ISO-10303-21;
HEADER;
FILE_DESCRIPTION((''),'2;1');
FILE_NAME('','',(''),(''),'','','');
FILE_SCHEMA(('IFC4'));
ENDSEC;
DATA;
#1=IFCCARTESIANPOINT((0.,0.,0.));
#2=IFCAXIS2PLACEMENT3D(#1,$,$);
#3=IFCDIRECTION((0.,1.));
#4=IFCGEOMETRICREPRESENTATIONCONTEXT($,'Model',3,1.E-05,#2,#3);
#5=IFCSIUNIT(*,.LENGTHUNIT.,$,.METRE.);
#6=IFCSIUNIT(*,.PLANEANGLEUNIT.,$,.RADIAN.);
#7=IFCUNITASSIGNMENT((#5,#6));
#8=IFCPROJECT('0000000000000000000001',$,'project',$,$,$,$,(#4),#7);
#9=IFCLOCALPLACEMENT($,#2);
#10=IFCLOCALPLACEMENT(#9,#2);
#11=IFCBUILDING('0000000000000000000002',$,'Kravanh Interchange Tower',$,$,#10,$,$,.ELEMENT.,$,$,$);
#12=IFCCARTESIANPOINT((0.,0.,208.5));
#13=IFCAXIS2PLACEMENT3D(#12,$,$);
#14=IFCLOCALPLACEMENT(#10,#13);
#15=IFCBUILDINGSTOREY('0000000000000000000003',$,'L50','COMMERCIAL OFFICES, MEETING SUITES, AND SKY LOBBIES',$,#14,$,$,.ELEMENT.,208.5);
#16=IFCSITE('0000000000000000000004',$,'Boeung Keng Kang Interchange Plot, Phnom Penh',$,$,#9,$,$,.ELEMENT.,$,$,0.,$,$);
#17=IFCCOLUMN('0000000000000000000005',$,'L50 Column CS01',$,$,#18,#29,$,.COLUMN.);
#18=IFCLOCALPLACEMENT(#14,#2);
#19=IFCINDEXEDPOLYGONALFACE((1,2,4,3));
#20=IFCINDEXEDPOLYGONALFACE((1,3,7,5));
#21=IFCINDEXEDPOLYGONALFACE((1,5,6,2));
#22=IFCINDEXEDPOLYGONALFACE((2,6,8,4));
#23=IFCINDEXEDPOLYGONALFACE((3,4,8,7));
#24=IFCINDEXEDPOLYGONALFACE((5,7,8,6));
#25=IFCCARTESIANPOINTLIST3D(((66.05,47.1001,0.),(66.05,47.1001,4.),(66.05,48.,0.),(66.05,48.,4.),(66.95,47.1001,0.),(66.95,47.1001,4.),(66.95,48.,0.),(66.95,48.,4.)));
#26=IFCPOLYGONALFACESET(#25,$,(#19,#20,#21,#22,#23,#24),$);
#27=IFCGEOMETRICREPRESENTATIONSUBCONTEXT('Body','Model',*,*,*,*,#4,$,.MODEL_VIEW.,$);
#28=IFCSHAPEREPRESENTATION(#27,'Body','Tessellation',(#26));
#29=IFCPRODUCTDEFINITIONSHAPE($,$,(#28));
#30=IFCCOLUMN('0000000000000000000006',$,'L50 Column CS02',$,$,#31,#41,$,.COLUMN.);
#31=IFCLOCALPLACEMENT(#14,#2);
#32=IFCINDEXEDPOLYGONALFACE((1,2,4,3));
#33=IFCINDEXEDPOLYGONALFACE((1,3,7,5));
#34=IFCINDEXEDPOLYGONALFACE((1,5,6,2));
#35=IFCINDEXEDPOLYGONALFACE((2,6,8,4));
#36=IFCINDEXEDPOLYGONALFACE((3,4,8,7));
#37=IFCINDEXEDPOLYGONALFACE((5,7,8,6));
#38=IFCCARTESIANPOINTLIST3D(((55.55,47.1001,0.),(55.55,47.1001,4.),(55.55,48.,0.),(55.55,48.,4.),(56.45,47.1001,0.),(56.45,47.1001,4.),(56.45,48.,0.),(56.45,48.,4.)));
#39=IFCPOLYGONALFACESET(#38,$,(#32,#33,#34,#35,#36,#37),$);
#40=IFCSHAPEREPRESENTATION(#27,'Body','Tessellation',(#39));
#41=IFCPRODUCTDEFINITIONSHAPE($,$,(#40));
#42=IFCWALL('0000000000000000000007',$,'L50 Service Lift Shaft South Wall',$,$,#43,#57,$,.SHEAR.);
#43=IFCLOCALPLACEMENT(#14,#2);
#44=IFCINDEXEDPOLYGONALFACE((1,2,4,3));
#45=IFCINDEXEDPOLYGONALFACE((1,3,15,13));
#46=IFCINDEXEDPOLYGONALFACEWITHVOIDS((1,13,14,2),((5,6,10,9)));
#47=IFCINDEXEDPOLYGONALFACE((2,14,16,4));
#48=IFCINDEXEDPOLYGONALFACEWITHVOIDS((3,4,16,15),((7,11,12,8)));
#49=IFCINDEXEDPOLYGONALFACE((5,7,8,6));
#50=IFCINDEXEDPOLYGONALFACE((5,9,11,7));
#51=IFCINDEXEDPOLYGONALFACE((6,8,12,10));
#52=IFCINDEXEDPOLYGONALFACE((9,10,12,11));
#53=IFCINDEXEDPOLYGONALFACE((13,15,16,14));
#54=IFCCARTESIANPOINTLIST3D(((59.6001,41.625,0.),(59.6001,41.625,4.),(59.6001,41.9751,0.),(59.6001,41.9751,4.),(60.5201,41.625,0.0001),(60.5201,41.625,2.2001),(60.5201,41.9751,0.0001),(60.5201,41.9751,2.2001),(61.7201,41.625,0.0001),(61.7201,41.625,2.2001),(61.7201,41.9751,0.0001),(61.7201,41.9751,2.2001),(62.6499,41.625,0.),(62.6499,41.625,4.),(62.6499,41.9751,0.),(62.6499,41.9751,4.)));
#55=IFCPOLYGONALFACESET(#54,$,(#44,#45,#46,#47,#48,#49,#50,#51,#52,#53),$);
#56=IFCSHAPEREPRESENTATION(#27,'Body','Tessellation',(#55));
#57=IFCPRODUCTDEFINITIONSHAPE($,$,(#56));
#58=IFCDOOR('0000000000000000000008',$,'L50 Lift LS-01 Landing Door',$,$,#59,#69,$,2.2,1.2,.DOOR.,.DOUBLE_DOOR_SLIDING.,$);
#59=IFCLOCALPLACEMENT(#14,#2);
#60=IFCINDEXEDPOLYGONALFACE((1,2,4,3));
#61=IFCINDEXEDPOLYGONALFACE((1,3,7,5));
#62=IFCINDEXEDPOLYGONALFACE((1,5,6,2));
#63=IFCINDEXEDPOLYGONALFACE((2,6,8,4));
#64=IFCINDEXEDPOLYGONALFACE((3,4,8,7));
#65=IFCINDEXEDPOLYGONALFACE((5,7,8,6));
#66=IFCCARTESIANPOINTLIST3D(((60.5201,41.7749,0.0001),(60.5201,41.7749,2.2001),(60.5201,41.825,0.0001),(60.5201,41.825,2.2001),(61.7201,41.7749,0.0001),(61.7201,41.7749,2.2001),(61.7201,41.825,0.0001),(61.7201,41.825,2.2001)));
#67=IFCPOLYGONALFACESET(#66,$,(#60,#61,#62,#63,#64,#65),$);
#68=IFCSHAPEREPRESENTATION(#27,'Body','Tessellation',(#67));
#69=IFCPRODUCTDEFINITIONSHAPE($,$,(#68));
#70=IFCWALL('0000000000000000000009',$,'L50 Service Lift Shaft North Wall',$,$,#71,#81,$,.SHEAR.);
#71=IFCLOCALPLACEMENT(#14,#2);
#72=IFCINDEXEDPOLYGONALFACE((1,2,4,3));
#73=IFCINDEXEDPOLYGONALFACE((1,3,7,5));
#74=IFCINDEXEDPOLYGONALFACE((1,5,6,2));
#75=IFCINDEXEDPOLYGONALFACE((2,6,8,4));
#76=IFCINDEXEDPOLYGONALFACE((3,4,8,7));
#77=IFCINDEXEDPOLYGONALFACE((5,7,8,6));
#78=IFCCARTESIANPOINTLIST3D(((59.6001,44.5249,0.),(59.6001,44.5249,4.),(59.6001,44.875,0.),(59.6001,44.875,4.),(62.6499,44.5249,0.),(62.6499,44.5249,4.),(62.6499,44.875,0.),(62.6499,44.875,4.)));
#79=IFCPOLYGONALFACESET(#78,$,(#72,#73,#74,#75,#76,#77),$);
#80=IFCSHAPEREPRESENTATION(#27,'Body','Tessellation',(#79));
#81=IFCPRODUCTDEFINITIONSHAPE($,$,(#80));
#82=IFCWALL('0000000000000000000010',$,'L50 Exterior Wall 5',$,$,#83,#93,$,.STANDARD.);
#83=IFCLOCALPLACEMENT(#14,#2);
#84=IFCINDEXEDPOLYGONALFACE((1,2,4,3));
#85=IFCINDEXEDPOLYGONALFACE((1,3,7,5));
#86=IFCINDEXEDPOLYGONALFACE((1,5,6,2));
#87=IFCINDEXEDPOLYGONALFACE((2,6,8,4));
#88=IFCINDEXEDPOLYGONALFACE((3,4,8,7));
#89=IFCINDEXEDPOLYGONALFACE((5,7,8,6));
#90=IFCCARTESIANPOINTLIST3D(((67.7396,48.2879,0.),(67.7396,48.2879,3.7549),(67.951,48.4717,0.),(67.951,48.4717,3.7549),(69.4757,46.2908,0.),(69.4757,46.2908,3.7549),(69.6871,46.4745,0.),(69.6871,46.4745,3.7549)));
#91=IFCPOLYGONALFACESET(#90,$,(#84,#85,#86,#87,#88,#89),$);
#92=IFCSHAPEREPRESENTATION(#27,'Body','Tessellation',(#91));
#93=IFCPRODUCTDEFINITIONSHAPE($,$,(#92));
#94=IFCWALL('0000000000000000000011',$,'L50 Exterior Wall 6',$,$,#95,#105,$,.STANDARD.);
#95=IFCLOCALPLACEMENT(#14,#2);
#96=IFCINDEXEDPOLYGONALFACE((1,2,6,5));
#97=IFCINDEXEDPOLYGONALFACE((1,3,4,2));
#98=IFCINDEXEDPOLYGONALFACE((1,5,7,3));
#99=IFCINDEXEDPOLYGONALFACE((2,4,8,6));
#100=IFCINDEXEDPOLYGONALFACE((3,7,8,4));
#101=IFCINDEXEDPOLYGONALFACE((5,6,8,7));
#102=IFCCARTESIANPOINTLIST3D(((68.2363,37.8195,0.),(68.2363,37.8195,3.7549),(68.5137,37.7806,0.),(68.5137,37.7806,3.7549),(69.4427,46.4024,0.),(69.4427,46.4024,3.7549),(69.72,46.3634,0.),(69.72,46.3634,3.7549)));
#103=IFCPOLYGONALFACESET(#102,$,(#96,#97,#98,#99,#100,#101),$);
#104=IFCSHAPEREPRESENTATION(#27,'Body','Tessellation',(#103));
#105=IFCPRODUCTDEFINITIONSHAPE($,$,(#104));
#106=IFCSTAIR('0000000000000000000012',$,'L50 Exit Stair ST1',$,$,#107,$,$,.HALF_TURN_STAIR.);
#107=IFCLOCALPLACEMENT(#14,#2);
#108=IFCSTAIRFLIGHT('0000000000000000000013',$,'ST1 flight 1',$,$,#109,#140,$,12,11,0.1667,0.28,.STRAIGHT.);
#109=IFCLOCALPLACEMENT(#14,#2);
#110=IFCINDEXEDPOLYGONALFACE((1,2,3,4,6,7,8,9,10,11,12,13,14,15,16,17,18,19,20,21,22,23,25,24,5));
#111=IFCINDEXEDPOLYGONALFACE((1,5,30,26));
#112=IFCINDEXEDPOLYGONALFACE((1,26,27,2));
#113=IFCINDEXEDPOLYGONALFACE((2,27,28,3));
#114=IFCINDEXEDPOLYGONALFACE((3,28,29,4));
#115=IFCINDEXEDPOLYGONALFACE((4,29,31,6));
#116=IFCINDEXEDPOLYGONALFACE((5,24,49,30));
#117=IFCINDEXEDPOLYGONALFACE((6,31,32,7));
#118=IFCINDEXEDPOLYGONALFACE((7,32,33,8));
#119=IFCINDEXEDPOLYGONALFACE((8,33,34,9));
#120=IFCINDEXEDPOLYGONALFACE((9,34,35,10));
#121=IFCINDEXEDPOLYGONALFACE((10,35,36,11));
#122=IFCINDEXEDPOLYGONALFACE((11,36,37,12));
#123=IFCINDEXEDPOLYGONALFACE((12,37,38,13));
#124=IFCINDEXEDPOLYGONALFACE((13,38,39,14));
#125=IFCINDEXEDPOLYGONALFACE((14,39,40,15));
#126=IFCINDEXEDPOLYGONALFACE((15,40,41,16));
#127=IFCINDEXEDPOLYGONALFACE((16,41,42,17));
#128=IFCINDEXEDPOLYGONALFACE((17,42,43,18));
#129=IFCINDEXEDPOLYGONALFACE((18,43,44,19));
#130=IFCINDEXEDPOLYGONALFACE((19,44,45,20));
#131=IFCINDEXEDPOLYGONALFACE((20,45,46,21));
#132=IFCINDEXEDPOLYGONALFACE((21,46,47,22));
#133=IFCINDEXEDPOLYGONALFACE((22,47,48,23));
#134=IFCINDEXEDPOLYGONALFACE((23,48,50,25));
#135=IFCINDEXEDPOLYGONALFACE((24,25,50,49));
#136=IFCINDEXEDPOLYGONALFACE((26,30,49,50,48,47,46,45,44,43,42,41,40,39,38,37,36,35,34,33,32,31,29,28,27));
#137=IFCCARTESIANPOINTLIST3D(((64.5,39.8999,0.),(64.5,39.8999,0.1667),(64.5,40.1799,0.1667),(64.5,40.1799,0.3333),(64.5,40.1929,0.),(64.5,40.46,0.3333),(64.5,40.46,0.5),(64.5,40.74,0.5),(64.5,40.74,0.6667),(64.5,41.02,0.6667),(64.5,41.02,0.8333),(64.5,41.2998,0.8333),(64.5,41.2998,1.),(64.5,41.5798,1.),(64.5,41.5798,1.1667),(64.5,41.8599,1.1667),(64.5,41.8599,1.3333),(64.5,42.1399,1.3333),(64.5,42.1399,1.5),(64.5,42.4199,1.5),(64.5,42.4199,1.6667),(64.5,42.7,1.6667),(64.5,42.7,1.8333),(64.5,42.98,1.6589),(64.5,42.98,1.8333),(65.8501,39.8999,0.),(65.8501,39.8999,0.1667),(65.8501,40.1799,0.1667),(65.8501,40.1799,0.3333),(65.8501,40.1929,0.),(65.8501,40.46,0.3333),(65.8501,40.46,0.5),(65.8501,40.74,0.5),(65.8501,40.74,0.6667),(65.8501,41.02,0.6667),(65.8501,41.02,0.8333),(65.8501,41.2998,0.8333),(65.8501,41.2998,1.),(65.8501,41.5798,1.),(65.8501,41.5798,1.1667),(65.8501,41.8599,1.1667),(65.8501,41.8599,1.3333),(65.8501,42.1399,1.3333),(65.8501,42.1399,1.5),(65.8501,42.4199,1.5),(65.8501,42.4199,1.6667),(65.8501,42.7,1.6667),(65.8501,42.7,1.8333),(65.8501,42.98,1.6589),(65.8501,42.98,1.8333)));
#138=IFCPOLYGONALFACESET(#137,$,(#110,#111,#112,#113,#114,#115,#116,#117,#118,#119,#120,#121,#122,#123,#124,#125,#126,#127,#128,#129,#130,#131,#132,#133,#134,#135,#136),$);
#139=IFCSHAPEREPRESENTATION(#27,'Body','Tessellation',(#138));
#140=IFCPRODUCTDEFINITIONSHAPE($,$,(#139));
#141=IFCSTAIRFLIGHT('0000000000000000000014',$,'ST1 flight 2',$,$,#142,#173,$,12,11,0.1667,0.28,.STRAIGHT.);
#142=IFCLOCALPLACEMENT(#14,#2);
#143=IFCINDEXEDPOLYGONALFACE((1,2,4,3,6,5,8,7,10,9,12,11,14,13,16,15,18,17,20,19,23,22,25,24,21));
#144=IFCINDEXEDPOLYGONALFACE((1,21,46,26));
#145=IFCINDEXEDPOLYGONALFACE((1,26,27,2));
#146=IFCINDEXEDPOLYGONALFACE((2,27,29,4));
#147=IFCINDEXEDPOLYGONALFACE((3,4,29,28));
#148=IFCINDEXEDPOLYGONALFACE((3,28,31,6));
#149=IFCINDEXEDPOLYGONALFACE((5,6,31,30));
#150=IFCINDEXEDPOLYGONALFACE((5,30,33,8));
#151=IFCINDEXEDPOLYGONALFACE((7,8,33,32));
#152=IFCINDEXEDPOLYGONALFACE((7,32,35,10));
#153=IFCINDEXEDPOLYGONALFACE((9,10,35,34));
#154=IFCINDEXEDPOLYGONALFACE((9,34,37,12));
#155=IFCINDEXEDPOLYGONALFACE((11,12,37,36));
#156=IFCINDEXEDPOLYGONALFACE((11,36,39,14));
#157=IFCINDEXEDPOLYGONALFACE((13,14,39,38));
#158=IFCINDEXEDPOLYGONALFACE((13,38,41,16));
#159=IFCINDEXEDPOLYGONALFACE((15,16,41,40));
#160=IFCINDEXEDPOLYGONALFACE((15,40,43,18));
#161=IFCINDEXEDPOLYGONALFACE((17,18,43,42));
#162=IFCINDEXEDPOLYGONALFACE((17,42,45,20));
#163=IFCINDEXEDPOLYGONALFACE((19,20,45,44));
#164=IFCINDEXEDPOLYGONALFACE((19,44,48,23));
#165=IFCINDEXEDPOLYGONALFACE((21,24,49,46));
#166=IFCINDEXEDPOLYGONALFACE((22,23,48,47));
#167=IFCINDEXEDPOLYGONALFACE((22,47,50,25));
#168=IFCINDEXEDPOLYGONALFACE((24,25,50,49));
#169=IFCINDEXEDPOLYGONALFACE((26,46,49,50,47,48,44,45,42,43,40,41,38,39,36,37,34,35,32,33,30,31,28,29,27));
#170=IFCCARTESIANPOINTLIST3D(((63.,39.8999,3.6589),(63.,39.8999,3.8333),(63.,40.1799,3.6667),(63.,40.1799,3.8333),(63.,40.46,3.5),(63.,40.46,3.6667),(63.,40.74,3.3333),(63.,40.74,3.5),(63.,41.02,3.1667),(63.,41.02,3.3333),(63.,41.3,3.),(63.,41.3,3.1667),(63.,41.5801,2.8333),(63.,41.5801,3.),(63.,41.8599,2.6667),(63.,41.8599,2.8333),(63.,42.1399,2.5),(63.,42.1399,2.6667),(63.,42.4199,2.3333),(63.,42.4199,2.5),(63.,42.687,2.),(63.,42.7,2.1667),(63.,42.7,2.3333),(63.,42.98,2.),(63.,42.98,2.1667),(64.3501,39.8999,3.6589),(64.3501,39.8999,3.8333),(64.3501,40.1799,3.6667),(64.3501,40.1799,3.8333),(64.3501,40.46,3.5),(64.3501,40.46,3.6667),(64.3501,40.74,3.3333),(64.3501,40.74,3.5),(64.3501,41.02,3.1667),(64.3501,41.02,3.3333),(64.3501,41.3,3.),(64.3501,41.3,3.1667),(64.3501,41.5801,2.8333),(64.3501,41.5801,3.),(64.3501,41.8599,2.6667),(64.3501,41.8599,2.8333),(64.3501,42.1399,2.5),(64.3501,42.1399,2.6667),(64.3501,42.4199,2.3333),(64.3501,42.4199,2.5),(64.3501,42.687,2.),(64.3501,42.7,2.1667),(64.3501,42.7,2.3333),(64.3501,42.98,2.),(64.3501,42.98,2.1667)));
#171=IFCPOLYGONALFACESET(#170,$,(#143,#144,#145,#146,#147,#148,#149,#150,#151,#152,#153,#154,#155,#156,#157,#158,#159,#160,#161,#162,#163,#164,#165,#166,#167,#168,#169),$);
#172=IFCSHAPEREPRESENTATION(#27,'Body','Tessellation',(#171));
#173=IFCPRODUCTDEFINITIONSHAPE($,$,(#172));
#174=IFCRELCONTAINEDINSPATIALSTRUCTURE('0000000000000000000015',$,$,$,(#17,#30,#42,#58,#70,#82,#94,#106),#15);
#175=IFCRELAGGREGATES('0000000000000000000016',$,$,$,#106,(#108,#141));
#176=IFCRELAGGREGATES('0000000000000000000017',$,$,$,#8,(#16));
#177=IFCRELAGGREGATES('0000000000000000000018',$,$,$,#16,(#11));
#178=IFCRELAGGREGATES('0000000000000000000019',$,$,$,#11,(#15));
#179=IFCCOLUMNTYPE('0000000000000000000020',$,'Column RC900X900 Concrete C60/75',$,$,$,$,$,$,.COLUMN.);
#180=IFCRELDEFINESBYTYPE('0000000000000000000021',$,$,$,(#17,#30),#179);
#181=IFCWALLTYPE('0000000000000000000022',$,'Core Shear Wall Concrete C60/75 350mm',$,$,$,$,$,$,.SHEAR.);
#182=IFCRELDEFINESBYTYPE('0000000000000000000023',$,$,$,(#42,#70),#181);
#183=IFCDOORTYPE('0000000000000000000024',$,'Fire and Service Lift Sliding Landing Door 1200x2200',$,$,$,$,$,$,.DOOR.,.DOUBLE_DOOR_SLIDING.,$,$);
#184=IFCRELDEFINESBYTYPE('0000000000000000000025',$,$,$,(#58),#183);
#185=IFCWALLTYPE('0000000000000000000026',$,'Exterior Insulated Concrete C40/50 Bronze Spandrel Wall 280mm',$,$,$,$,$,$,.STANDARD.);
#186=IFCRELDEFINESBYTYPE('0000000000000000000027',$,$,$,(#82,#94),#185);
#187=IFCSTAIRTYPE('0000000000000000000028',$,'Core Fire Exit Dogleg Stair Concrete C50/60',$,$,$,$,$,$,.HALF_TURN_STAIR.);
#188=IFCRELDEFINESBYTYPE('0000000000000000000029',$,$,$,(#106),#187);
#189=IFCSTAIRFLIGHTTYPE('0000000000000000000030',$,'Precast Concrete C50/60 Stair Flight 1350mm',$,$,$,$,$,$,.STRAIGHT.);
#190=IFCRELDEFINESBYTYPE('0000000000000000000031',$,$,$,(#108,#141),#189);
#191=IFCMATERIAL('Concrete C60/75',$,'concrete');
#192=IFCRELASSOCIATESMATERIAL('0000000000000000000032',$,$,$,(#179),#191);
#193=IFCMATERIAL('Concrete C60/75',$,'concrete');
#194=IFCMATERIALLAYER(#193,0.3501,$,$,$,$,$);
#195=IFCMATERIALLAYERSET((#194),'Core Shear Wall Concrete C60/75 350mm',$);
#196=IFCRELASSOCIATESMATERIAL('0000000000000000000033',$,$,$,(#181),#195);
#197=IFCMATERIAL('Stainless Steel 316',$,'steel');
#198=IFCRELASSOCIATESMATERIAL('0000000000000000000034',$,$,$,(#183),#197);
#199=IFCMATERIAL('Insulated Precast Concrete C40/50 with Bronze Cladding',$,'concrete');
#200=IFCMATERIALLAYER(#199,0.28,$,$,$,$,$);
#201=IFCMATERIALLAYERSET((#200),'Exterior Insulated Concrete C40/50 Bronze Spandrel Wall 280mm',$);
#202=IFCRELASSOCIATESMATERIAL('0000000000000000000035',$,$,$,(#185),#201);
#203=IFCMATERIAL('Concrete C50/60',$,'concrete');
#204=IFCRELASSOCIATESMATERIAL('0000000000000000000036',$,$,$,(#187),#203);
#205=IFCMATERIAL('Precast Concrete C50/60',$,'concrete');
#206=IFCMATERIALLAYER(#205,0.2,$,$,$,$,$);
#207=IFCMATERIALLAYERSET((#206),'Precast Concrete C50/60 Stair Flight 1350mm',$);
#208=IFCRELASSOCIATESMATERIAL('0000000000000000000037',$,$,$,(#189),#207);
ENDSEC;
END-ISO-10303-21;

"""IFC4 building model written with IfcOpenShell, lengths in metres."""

from ifc_helpers import new_model, si_unit, direction, frame, frame_2d, origin, origin_2d, place, context, subcontext, project, spatial, polyline, rectangle, outline, extrude, material, layer, layer_set, material_profile, profile_set, type_object, element, fill, aggregate, save


model = new_model("IFC4")

# Units and contexts
model_context = context("Model", 3, precision=1e-05, world=origin(), true_north=direction((0.0, 1.0)))
body_context = subcontext(model_context, "Body", "Model", "MODEL_VIEW")
ifc_project = project(units=[si_unit("LENGTHUNIT", "METRE"), si_unit("PLANEANGLEUNIT", "RADIAN")], contexts=[model_context])

# Site, building, storey
site_placement = place(None, origin())
site = spatial("IfcSite", under=ifc_project, at=site_placement, Name="Boeung Keng Kang Interchange Plot, Phnom Penh", CompositionType="ELEMENT", RefElevation=0.0)
building_placement = place(site_placement, origin())
building = spatial("IfcBuilding", under=site, at=building_placement, Name="Kravanh Interchange Tower", CompositionType="ELEMENT")
storey_placement = place(building_placement, frame((0.0, 0.0, 208.5)))
storey = spatial("IfcBuildingStorey", under=building, at=storey_placement, Name="L50", Description="COMMERCIAL OFFICES, MEETING SUITES, AND SKY LOBBIES", CompositionType="ELEMENT", Elevation=208.5)

# Columns
ifc_material_1 = material(Name="Concrete C60/75", Category="concrete")
ifc_material_profile = material_profile(ifc_material_1, rectangle(XDim=0.8999, YDim=0.8999, at=origin_2d()), Name="RC900X900")
ifc_profile_set = profile_set([ifc_material_profile], Name="Concrete C60/75")
column_type = type_object("IfcColumnType", Name="Column RC900X900 Concrete C60/75", PredefinedType="COLUMN", material=ifc_profile_set)
for number, where, z_axis, x_axis, name in (
    (1, (66.5, 47.55, 0.0), (0.0, 0.0, 1.0), (1.0, 0.0, 0.0), "L50 Column CS01"),
    (2, (56.0, 47.55, 0.0), (0.0, 0.0, 1.0), (1.0, 0.0, 0.0), "L50 Column CS02"),
):
    element("IfcColumn", number, at=place(storey_placement, frame(where, z_axis=z_axis, x_axis=x_axis)), inside=storey, type_object=column_type, Name=name, PredefinedType="COLUMN", context=body_context, shape_type="SweptSolid", body=[
        extrude(rectangle(XDim=0.8999, YDim=0.8999, at=origin_2d()), origin(), (0.0, 0.0, 1.0), 4.0),
    ])

# Wall, opening, door
ifc_material_2 = material(Name="Concrete C60/75", Category="concrete")
ifc_layer_1 = layer(ifc_material_2, 0.3501)
ifc_layer_set_1 = layer_set([ifc_layer_1], Name="Core Shear Wall Concrete C60/75 350mm")
wall_type_1 = type_object("IfcWallType", Name="Core Shear Wall Concrete C60/75 350mm", PredefinedType="SHEAR", material=ifc_layer_set_1)
wall_1_placement = place(storey_placement, frame((59.6001, 41.8, 0.0), z_axis=(0.0, 0.0, 1.0), x_axis=(1.0, 0.0, 0.0)))
wall_1 = element("IfcWall", 3, at=wall_1_placement, inside=storey, type_object=wall_type_1, Name="L50 Service Lift Shaft South Wall", PredefinedType="SHEAR", context=body_context, shape_type="SweptSolid", body=[
    extrude(rectangle(XDim=3.0498, YDim=0.3501, at=frame_2d((1.5249, 0.0))), origin(), (0.0, 0.0, 1.0), 4.0),
])
opening_placement = place(wall_1_placement, frame((0.9199, 0.0, 0.0)))
opening = element("IfcOpeningElement", 4, at=opening_placement, cuts=wall_1, PredefinedType="OPENING", context=body_context, shape_type="SweptSolid", body=[
    extrude(rectangle(XDim=1.2, YDim=2.2, at=frame_2d((0.6001, 1.1001))), frame((0.0, 0.1851, 0.0), z_axis=(0.0, -1.0, 0.0), x_axis=(1.0, 0.0, 0.0)), (0.0, 0.0, 1.0), 0.3701),
])
ifc_material_3 = material(Name="Stainless Steel 316", Category="steel")
door_type = type_object("IfcDoorType", Name="Fire and Service Lift Sliding Landing Door 1200x2200", OperationType="DOUBLE_DOOR_SLIDING", PredefinedType="DOOR", material=ifc_material_3)
door_placement = place(opening_placement, origin())
door = element("IfcDoor", 5, at=door_placement, inside=storey, type_object=door_type, Name="L50 Lift LS-01 Landing Door", OperationType="DOUBLE_DOOR_SLIDING", OverallHeight=2.2, OverallWidth=1.2, PredefinedType="DOOR", context=body_context, shape_type="SweptSolid", body=[
    extrude(rectangle(XDim=1.2, YDim=2.2, at=frame_2d((0.6001, 1.1001))), frame((0.0, 0.0249, 0.0), z_axis=(0.0, -1.0, 0.0), x_axis=(1.0, 0.0, 0.0)), (0.0, 0.0, 1.0), 0.05),
])
fill(opening, door)

# Walls
wall_2_placement = place(storey_placement, frame((59.6001, 44.7, 0.0), z_axis=(0.0, 0.0, 1.0), x_axis=(1.0, 0.0, 0.0)))
element("IfcWall", 6, at=wall_2_placement, inside=storey, type_object=wall_type_1, Name="L50 Service Lift Shaft North Wall", PredefinedType="SHEAR", context=body_context, shape_type="SweptSolid", body=[
    extrude(rectangle(XDim=3.0498, YDim=0.3501, at=frame_2d((1.5249, 0.0))), origin(), (0.0, 0.0, 1.0), 4.0),
])
ifc_material_4 = material(Name="Insulated Precast Concrete C40/50 with Bronze Cladding", Category="concrete")
ifc_layer_2 = layer(ifc_material_4, 0.28)
ifc_layer_set_2 = layer_set([ifc_layer_2], Name="Exterior Insulated Concrete C40/50 Bronze Spandrel Wall 280mm")
wall_type_2 = type_object("IfcWallType", Name="Exterior Insulated Concrete C40/50 Bronze Spandrel Wall 280mm", PredefinedType="STANDARD", material=ifc_layer_set_2)
wall_3_placement = place(storey_placement, frame((67.8452, 48.3799, 0.0), z_axis=(0.0, 0.0, 1.0), x_axis=(0.656071, -0.754699, 0.0)))
element("IfcWall", 7, at=wall_3_placement, inside=storey, type_object=wall_type_2, Name="L50 Exterior Wall 5", PredefinedType="STANDARD", context=body_context, shape_type="SweptSolid", body=[
    extrude(rectangle(XDim=2.6462, YDim=0.28, at=frame_2d((1.3232, 0.0))), origin(), (0.0, 0.0, 1.0), 3.7549),
])
wall_4_placement = place(storey_placement, frame((69.5813, 46.3828, 0.0), z_axis=(0.0, 0.0, 1.0), x_axis=(-0.139181, -0.990267, 0.0)))
element("IfcWall", 8, at=wall_4_placement, inside=storey, type_object=wall_type_2, Name="L50 Exterior Wall 6", PredefinedType="STANDARD", context=body_context, shape_type="SweptSolid", body=[
    extrude(rectangle(XDim=8.6672, YDim=0.28, at=frame_2d((4.3335, 0.0))), origin(), (0.0, 0.0, 1.0), 3.7549),
])

# Stair, stair flights
ifc_material_5 = material(Name="Concrete C50/60", Category="concrete")
stair_type = type_object("IfcStairType", Name="Core Fire Exit Dogleg Stair Concrete C50/60", PredefinedType="HALF_TURN_STAIR", material=ifc_material_5)
stair_1_placement = place(storey_placement, origin())
stair_1 = element("IfcStair", 9, at=stair_1_placement, inside=storey, type_object=stair_type, Name="L50 Exit Stair ST1", PredefinedType="HALF_TURN_STAIR")
ifc_material_6 = material(Name="Precast Concrete C50/60", Category="concrete")
ifc_layer_3 = layer(ifc_material_6, 0.2)
ifc_layer_set_3 = layer_set([ifc_layer_3], Name="Precast Concrete C50/60 Stair Flight 1350mm")
stair_flight_type = type_object("IfcStairFlightType", Name="Precast Concrete C50/60 Stair Flight 1350mm", PredefinedType="STRAIGHT", material=ifc_layer_set_3)
stair_flight_1_placement = place(storey_placement, frame((65.175, 39.8999, 0.0), z_axis=(0.0, 0.0, 1.0), x_axis=(0.0, 1.0, 0.0)))
stair_flight_1 = element("IfcStairFlight", 10, at=stair_flight_1_placement, type_object=stair_flight_type, Name="ST1 flight 1", NumberOfRisers=12, NumberOfTreads=11, PredefinedType="STRAIGHT", RiserHeight=0.1667, TreadLength=0.28, context=body_context, shape_type="SweptSolid", body=[
    extrude(outline(polyline([(0.0, 0.0), (0.0, 0.1667), (0.28, 0.1667), (0.28, 0.3333), (0.5601, 0.3333), (0.5601, 0.5), (0.8401, 0.5), (0.8401, 0.6667), (1.1201, 0.6667), (1.1201, 0.8333), (1.3999, 0.8333), (1.3999, 1.0), (1.6799, 1.0), (1.6799, 1.1667), (1.96, 1.1667), (1.96, 1.3333), (2.24, 1.3333), (2.24, 1.5), (2.52, 1.5), (2.52, 1.6667), (2.8, 1.6667), (2.8, 1.8333), (3.0801, 1.8333), (3.0801, 2.0), (3.0801, 1.6589), (0.293, 0.0), (0.0, 0.0)])), frame((0.0, 0.675, 0.0), z_axis=(0.0, -1.0, 0.0), x_axis=(1.0, 0.0, 0.0)), (0.0, 0.0, 1.0), 1.3501),
])
stair_flight_2_placement = place(storey_placement, frame((63.675, 42.98, 2.0), z_axis=(0.0, 0.0, 1.0), x_axis=(0.0, -1.0, 0.0)))
stair_flight_2 = element("IfcStairFlight", 11, at=stair_flight_2_placement, type_object=stair_flight_type, Name="ST1 flight 2", NumberOfRisers=12, NumberOfTreads=11, PredefinedType="STRAIGHT", RiserHeight=0.1667, TreadLength=0.28, context=body_context, shape_type="SweptSolid", body=[
    extrude(outline(polyline([(0.0, 0.0), (0.0, 0.1667), (0.28, 0.1667), (0.28, 0.3333), (0.5601, 0.3333), (0.5601, 0.5), (0.8401, 0.5), (0.8401, 0.6667), (1.1201, 0.6667), (1.1201, 0.8333), (1.3999, 0.8333), (1.3999, 1.0), (1.6799, 1.0), (1.6799, 1.1667), (1.96, 1.1667), (1.96, 1.3333), (2.24, 1.3333), (2.24, 1.5), (2.52, 1.5), (2.52, 1.6667), (2.8, 1.6667), (2.8, 1.8333), (3.0801, 1.8333), (3.0801, 2.0), (3.0801, 1.6589), (0.293, 0.0), (0.0, 0.0)])), frame((0.0, 0.675, 0.0), z_axis=(0.0, -1.0, 0.0), x_axis=(1.0, 0.0, 0.0)), (0.0, 0.0, 1.0), 1.3501),
])
aggregate(stair_1, [stair_flight_1, stair_flight_2])

save(model, "model.ifc")
